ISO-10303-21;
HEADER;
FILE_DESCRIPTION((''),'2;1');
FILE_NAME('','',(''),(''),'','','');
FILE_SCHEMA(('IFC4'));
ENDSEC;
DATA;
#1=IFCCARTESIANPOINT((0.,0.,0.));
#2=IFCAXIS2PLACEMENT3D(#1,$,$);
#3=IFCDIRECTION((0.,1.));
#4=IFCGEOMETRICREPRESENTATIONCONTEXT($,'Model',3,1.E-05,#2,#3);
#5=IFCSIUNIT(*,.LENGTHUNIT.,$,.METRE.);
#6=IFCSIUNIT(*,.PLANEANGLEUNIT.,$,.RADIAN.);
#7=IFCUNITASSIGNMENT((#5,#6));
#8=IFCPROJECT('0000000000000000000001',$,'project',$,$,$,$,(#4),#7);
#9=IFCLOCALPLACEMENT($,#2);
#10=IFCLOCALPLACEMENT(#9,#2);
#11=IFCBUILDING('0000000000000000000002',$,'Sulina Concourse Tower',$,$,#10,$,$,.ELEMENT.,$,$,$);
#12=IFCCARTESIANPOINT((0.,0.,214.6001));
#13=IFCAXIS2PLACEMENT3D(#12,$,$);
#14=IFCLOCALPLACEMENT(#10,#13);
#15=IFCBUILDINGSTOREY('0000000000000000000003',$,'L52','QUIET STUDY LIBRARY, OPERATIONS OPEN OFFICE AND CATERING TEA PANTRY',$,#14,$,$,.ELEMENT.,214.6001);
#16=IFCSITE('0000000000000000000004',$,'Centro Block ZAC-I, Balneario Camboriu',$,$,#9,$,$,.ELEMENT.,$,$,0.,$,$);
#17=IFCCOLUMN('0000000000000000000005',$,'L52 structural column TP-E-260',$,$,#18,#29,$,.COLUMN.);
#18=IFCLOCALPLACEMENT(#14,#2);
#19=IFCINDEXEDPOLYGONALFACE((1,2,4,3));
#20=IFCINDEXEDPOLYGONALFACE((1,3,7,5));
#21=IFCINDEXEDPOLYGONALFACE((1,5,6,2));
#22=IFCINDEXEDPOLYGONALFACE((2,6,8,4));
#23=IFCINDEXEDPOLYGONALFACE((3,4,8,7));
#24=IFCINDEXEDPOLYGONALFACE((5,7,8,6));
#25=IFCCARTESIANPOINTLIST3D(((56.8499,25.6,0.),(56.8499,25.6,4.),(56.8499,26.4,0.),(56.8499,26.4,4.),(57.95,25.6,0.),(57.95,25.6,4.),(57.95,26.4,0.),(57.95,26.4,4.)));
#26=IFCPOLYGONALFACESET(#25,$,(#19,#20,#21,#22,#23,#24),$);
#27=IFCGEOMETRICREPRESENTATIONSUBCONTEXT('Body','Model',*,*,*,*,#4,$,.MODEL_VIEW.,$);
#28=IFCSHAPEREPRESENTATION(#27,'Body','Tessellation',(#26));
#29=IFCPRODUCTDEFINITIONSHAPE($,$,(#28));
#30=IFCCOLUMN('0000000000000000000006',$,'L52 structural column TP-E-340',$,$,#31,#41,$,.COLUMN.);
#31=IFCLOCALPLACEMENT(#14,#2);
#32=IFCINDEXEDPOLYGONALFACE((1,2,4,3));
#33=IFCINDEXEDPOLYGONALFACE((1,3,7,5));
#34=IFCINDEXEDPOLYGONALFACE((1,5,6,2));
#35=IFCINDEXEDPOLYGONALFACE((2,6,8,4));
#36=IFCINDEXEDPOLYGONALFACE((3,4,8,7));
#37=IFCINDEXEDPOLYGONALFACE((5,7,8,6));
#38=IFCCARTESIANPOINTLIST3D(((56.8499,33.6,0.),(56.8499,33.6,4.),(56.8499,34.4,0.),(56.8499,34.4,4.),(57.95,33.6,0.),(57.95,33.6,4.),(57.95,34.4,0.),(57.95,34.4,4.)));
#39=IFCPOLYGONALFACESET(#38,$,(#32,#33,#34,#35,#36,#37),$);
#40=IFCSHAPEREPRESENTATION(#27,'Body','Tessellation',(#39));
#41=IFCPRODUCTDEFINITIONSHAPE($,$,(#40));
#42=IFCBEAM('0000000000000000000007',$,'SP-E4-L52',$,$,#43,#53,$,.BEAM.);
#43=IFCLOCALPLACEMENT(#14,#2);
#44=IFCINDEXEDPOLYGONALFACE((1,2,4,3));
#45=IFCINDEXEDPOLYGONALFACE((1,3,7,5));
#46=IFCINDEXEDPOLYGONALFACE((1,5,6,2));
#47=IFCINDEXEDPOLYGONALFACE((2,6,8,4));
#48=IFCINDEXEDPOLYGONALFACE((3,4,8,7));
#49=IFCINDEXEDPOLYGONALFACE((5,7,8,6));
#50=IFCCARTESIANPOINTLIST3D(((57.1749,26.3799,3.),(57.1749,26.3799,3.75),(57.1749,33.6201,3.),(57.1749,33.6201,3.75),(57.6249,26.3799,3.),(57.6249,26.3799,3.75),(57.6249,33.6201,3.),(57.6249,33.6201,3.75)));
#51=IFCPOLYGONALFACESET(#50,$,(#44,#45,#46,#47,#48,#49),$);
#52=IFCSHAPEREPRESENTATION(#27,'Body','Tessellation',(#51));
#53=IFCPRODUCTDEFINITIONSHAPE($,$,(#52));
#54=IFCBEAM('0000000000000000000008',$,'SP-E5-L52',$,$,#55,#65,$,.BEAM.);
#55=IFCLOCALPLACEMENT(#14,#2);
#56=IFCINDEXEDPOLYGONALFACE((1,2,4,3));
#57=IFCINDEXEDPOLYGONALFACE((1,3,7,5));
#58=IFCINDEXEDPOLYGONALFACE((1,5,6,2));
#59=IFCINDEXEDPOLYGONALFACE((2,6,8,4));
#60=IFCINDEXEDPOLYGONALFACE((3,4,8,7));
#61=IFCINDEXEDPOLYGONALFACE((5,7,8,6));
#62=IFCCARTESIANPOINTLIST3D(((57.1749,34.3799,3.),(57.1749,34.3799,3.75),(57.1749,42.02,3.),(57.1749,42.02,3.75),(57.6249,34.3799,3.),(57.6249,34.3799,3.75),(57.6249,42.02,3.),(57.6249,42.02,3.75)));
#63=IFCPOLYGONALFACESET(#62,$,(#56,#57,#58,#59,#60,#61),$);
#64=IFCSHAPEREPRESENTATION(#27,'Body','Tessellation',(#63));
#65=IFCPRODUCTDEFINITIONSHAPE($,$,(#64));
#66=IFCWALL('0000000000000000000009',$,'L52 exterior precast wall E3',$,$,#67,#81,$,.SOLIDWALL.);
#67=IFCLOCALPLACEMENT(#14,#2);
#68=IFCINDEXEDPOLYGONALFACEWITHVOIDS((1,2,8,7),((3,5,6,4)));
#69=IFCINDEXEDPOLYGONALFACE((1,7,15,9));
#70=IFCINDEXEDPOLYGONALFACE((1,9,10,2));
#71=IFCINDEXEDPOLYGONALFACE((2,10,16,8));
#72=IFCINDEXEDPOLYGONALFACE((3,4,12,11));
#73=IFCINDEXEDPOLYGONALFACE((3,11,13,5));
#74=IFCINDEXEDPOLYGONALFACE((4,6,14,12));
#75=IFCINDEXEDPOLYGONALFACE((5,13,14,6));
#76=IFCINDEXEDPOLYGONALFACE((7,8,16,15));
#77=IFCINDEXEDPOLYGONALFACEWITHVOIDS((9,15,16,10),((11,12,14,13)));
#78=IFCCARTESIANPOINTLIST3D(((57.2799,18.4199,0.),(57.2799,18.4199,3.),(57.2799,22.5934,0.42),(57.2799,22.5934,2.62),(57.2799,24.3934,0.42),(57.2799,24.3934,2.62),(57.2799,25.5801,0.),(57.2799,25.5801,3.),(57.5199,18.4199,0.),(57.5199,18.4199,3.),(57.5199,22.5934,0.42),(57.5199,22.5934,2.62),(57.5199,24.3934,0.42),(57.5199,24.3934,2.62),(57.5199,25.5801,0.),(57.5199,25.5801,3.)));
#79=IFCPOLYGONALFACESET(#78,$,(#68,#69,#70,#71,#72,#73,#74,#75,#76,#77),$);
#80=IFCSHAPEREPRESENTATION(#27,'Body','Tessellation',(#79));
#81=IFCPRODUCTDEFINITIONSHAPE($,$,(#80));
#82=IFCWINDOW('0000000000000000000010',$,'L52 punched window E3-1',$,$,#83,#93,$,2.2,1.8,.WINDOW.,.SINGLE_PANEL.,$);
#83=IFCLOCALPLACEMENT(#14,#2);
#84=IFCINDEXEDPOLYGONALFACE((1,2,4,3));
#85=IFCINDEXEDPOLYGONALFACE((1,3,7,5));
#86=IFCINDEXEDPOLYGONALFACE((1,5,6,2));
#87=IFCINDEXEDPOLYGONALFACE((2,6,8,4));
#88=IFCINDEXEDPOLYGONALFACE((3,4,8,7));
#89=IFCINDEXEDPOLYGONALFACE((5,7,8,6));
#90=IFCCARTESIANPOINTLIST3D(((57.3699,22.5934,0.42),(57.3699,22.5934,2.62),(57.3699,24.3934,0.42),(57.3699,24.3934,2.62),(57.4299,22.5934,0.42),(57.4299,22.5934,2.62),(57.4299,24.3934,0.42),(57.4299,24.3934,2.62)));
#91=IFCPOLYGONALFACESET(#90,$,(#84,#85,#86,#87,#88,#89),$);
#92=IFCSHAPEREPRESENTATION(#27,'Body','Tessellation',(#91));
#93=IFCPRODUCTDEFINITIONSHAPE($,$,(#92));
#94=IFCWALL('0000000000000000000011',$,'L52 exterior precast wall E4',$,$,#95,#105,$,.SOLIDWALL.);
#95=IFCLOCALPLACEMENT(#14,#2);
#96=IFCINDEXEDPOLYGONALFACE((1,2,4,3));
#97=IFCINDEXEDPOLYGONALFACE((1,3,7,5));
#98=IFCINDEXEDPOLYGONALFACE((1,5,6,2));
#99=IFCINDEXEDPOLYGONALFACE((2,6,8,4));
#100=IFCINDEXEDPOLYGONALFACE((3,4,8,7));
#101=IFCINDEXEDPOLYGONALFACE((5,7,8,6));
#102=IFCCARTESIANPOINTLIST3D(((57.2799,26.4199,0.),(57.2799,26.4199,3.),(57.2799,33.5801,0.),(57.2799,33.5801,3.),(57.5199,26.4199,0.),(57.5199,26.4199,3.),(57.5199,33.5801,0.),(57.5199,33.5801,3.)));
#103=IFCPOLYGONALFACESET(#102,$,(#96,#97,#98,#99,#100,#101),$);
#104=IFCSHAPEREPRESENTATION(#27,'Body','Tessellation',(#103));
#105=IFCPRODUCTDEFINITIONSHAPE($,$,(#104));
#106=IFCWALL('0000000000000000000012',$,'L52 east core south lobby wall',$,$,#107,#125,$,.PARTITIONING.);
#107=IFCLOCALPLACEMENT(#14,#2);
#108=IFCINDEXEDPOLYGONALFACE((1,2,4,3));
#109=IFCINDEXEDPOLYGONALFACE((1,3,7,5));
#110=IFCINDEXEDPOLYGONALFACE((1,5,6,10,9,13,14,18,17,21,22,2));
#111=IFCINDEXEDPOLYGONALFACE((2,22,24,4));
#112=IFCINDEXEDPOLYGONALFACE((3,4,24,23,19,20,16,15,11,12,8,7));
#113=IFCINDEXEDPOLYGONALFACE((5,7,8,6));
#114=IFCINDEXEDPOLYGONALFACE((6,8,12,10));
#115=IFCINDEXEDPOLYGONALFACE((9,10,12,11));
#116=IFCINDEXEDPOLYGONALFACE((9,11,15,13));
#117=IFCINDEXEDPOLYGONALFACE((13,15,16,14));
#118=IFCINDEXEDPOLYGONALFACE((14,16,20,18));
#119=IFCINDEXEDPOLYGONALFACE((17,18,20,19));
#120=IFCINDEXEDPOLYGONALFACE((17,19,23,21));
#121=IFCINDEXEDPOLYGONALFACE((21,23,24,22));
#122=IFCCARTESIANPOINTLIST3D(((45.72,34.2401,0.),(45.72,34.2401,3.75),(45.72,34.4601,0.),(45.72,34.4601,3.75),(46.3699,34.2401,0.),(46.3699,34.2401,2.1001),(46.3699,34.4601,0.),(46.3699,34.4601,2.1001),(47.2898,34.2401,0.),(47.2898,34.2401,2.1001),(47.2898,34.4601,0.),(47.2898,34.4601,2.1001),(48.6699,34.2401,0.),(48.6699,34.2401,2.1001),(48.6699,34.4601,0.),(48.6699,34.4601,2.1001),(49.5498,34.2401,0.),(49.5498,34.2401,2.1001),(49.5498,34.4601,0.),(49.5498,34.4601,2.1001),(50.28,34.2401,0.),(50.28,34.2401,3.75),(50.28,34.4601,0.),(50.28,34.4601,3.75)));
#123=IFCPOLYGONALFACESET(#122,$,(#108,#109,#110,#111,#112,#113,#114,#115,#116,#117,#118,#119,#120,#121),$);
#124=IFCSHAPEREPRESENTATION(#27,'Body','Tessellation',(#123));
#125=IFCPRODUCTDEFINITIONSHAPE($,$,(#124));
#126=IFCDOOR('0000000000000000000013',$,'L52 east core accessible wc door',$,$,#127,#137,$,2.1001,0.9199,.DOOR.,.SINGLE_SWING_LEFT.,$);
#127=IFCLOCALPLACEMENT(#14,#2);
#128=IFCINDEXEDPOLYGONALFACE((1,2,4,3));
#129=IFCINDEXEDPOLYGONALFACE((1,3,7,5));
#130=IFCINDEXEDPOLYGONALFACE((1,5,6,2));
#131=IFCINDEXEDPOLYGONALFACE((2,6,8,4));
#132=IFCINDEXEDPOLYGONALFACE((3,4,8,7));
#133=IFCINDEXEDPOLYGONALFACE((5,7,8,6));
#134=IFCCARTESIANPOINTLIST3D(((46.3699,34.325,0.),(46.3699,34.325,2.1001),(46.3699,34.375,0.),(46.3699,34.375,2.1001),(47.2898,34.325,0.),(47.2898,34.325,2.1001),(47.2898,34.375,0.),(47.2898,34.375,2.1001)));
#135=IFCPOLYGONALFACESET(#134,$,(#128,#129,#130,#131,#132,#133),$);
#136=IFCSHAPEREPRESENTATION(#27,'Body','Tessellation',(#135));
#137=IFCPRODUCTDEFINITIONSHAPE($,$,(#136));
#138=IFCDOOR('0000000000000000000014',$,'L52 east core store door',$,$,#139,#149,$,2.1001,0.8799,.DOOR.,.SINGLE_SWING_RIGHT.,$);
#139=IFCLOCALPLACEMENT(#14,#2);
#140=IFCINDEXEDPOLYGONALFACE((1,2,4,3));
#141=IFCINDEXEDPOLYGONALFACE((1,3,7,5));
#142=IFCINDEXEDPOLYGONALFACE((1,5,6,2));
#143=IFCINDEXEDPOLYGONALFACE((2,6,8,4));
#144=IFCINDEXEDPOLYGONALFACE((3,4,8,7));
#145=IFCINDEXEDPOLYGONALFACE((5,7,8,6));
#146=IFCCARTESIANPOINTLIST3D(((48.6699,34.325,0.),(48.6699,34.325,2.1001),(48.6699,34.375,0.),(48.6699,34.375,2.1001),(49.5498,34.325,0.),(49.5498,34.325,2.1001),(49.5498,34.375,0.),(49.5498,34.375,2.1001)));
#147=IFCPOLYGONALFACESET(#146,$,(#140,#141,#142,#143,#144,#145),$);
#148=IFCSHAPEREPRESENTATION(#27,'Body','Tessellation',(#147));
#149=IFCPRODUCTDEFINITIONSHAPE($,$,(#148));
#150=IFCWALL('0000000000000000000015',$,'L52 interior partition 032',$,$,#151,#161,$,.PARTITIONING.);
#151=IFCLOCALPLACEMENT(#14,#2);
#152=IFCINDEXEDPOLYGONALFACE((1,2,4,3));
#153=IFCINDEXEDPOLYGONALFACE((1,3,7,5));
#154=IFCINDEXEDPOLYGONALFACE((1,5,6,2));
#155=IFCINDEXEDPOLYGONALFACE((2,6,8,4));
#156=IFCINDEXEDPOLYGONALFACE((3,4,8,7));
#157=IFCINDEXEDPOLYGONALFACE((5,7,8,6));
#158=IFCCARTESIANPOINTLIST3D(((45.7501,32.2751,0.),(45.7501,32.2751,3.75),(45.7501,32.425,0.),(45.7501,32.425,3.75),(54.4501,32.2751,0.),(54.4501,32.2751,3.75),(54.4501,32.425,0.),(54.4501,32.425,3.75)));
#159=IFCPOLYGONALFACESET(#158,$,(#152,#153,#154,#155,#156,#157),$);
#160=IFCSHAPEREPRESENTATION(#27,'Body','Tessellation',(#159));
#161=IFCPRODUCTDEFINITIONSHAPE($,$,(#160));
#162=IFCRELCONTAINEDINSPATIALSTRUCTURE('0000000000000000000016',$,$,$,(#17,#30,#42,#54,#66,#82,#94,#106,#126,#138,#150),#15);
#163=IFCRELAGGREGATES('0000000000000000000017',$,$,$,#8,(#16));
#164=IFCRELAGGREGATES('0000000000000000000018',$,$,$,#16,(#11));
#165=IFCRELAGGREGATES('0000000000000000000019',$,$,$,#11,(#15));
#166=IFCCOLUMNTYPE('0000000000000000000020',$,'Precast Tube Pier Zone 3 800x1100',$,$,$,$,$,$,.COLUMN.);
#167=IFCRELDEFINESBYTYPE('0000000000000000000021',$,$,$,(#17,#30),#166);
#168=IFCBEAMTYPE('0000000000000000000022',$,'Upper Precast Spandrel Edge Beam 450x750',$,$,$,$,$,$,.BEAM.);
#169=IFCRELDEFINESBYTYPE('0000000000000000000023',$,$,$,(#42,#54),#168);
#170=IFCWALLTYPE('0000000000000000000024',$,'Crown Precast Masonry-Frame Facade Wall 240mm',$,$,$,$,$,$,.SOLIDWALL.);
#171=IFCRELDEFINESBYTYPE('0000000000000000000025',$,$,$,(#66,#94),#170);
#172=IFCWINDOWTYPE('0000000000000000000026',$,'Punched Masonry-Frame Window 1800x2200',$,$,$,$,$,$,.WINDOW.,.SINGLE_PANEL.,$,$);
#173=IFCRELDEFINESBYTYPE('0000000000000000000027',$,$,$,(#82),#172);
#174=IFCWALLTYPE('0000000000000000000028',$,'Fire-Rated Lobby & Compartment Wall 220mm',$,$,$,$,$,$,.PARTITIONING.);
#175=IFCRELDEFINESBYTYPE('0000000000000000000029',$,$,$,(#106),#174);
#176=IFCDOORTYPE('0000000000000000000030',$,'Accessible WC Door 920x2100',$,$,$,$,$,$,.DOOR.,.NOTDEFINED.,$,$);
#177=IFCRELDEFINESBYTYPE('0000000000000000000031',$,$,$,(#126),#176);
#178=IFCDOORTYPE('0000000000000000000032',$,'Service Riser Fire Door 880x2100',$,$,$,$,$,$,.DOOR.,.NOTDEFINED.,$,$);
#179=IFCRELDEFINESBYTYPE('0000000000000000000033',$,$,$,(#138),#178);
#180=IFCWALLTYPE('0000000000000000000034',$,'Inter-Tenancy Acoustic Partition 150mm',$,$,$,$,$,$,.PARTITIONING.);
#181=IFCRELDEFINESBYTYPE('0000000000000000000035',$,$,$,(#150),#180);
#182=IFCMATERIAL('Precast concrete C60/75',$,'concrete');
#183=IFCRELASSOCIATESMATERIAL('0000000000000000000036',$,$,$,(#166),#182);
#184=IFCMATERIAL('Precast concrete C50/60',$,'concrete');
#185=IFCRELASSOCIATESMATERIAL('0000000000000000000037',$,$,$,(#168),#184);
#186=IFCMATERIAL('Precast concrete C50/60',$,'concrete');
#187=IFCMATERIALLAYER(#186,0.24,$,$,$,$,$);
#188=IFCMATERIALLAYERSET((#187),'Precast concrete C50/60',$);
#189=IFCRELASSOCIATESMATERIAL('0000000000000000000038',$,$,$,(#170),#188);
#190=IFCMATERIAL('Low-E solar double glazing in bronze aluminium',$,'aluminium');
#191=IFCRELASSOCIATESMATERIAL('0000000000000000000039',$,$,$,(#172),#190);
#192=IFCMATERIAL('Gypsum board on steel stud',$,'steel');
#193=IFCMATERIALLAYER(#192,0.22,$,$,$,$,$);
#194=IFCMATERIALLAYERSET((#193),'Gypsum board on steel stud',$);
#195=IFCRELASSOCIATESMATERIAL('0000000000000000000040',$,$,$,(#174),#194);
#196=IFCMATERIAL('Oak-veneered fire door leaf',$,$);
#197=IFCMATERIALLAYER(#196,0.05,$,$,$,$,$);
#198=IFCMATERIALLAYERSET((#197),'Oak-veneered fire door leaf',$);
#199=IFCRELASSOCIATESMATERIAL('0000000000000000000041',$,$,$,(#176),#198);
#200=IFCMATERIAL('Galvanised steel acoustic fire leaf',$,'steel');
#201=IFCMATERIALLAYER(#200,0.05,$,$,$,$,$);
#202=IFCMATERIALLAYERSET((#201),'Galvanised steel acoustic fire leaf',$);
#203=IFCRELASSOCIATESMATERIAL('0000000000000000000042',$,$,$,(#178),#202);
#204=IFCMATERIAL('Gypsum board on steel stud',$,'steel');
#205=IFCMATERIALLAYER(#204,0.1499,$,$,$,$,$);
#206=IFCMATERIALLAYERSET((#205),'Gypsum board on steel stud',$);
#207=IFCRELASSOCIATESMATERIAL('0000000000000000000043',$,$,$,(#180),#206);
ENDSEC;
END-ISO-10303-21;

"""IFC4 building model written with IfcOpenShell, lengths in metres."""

from ifc_helpers import new_model, si_unit, direction, frame, frame_2d, origin, origin_2d, place, context, subcontext, project, spatial, rectangle, extrude, material, layer, layer_set, material_profile, profile_set, type_object, element, fill, save


model = new_model("IFC4")

# Units and contexts
model_context = context("Model", 3, precision=1e-05, world=origin(), true_north=direction((0.0, 1.0)))
body_context = subcontext(model_context, "Body", "Model", "MODEL_VIEW")
ifc_project = project(units=[si_unit("LENGTHUNIT", "METRE"), si_unit("PLANEANGLEUNIT", "RADIAN")], contexts=[model_context])

# Site, building, storey
site_placement = place(None, origin())
site = spatial("IfcSite", under=ifc_project, at=site_placement, Name="Centro Block ZAC-I, Balneario Camboriu", CompositionType="ELEMENT", RefElevation=0.0)
building_placement = place(site_placement, origin())
building = spatial("IfcBuilding", under=site, at=building_placement, Name="Sulina Concourse Tower", CompositionType="ELEMENT")
storey_placement = place(building_placement, frame((0.0, 0.0, 214.6001)))
storey = spatial("IfcBuildingStorey", under=building, at=storey_placement, Name="L52", Description="QUIET STUDY LIBRARY, OPERATIONS OPEN OFFICE AND CATERING TEA PANTRY", CompositionType="ELEMENT", Elevation=214.6001)

# Columns
ifc_material_1 = material(Name="Precast concrete C60/75", Category="concrete")
ifc_material_profile_1 = material_profile(ifc_material_1, rectangle(XDim=0.8, YDim=1.1001, at=origin_2d()), Name="PC 800x1100")
ifc_profile_set_1 = profile_set([ifc_material_profile_1], Name="Precast concrete C60/75")
column_type = type_object("IfcColumnType", Name="Precast Tube Pier Zone 3 800x1100", PredefinedType="COLUMN", material=ifc_profile_set_1)
for number, where, z_axis, x_axis, name in (
    (1, (57.3999, 26.0, 0.0), (0.0, 0.0, 1.0), (0.0, 1.0, 0.0), "L52 structural column TP-E-260"),
    (2, (57.3999, 34.0, 0.0), (0.0, 0.0, 1.0), (0.0, 1.0, 0.0), "L52 structural column TP-E-340"),
):
    element("IfcColumn", number, at=place(storey_placement, frame(where, z_axis=z_axis, x_axis=x_axis)), inside=storey, type_object=column_type, Name=name, PredefinedType="COLUMN", context=body_context, shape_type="SweptSolid", body=[
        extrude(rectangle(XDim=0.8, YDim=1.1001, at=origin_2d()), origin(), (0.0, 0.0, 1.0), 4.0),
    ])

# Beams
ifc_material_2 = material(Name="Precast concrete C50/60", Category="concrete")
ifc_material_profile_2 = material_profile(ifc_material_2, rectangle(XDim=0.45, YDim=0.75, at=origin_2d()), Name="RC 450x750")
ifc_profile_set_2 = profile_set([ifc_material_profile_2], Name="Precast concrete C50/60")
beam_type = type_object("IfcBeamType", Name="Upper Precast Spandrel Edge Beam 450x750", PredefinedType="BEAM", material=ifc_profile_set_2)
beam_1_placement = place(storey_placement, frame((57.3999, 26.3799, 3.375), z_axis=(0.0, 1.0, 0.0), x_axis=(-1.0, 0.0, 0.0)))
element("IfcBeam", 3, at=beam_1_placement, inside=storey, type_object=beam_type, Name="SP-E4-L52", PredefinedType="BEAM", context=body_context, shape_type="SweptSolid", body=[
    extrude(rectangle(XDim=0.45, YDim=0.75, at=origin_2d()), origin(), (0.0, 0.0, 1.0), 7.2402),
])
beam_2_placement = place(storey_placement, frame((57.3999, 34.3799, 3.375), z_axis=(0.0, 1.0, 0.0), x_axis=(-1.0, 0.0, 0.0)))
element("IfcBeam", 4, at=beam_2_placement, inside=storey, type_object=beam_type, Name="SP-E5-L52", PredefinedType="BEAM", context=body_context, shape_type="SweptSolid", body=[
    extrude(rectangle(XDim=0.45, YDim=0.75, at=origin_2d()), origin(), (0.0, 0.0, 1.0), 7.6401),
])

# Wall, opening, window
ifc_material_3 = material(Name="Precast concrete C50/60", Category="concrete")
ifc_layer_1 = layer(ifc_material_3, 0.24)
ifc_layer_set_1 = layer_set([ifc_layer_1], Name="Precast concrete C50/60")
wall_type_1 = type_object("IfcWallType", Name="Crown Precast Masonry-Frame Facade Wall 240mm", PredefinedType="SOLIDWALL", material=ifc_layer_set_1)
wall_1_placement = place(storey_placement, frame((57.3999, 25.5801, 0.0), z_axis=(0.0, 0.0, 1.0), x_axis=(0.0, -1.0, 0.0)))
wall_1 = element("IfcWall", 5, at=wall_1_placement, inside=storey, type_object=wall_type_1, Name="L52 exterior precast wall E3", PredefinedType="SOLIDWALL", context=body_context, shape_type="SweptSolid", body=[
    extrude(rectangle(XDim=7.1602, YDim=0.24, at=frame_2d((3.5801, 0.0))), origin(), (0.0, 0.0, 1.0), 3.0),
])
opening_1_placement = place(wall_1_placement, frame((1.1868, 0.0, 0.4199)))
opening_1 = element("IfcOpeningElement", 6, at=opening_1_placement, cuts=wall_1, PredefinedType="OPENING", context=body_context, shape_type="SweptSolid", body=[
    extrude(rectangle(XDim=1.8, YDim=2.2, at=frame_2d((0.8999, 1.1001))), frame((0.0, 0.1299, 0.0), z_axis=(0.0, -1.0, 0.0), x_axis=(1.0, 0.0, 0.0)), (0.0, 0.0, 1.0), 0.26),
])
ifc_material_4 = material(Name="Low-E solar double glazing in bronze aluminium", Category="aluminium")
window_type = type_object("IfcWindowType", Name="Punched Masonry-Frame Window 1800x2200", PartitioningType="SINGLE_PANEL", PredefinedType="WINDOW", material=ifc_material_4)
window_placement = place(opening_1_placement, origin())
window = element("IfcWindow", 7, at=window_placement, inside=storey, type_object=window_type, Name="L52 punched window E3-1", OverallHeight=2.2, OverallWidth=1.8, PartitioningType="SINGLE_PANEL", PredefinedType="WINDOW", context=body_context, shape_type="SweptSolid", body=[
    extrude(rectangle(XDim=1.8, YDim=2.2, at=frame_2d((0.8999, 1.1001))), frame((0.0, 0.03, 0.0), z_axis=(0.0, -1.0, 0.0), x_axis=(1.0, 0.0, 0.0)), (0.0, 0.0, 1.0), 0.0601),
])
fill(opening_1, window)

# Wall
wall_2_placement = place(storey_placement, frame((57.3999, 33.5801, 0.0), z_axis=(0.0, 0.0, 1.0), x_axis=(0.0, -1.0, 0.0)))
element("IfcWall", 8, at=wall_2_placement, inside=storey, type_object=wall_type_1, Name="L52 exterior precast wall E4", PredefinedType="SOLIDWALL", context=body_context, shape_type="SweptSolid", body=[
    extrude(rectangle(XDim=7.1602, YDim=0.24, at=frame_2d((3.5801, 0.0))), origin(), (0.0, 0.0, 1.0), 3.0),
])

# Wall, openings, doors
ifc_material_5 = material(Name="Gypsum board on steel stud", Category="steel")
ifc_layer_2 = layer(ifc_material_5, 0.22)
ifc_layer_set_2 = layer_set([ifc_layer_2], Name="Gypsum board on steel stud")
wall_type_2 = type_object("IfcWallType", Name="Fire-Rated Lobby & Compartment Wall 220mm", PredefinedType="PARTITIONING", material=ifc_layer_set_2)
wall_3_placement = place(storey_placement, frame((45.72, 34.3501, 0.0), z_axis=(0.0, 0.0, 1.0), x_axis=(1.0, 0.0, 0.0)))
wall_3 = element("IfcWall", 9, at=wall_3_placement, inside=storey, type_object=wall_type_2, Name="L52 east core south lobby wall", PredefinedType="PARTITIONING", context=body_context, shape_type="SweptSolid", body=[
    extrude(rectangle(XDim=4.5601, YDim=0.22, at=frame_2d((2.28, 0.0))), origin(), (0.0, 0.0, 1.0), 3.75),
])
opening_2_placement = place(wall_3_placement, frame((0.6499, 0.0, 0.0)))
opening_2 = element("IfcOpeningElement", 10, at=opening_2_placement, cuts=wall_3, PredefinedType="OPENING", context=body_context, shape_type="SweptSolid", body=[
    extrude(rectangle(XDim=0.9199, YDim=2.1001, at=frame_2d((0.46, 1.05))), frame((0.0, 0.1199, 0.0), z_axis=(0.0, -1.0, 0.0), x_axis=(1.0, 0.0, 0.0)), (0.0, 0.0, 1.0), 0.24),
])
opening_3_placement = place(wall_3_placement, frame((2.95, 0.0, 0.0)))
opening_3 = element("IfcOpeningElement", 11, at=opening_3_placement, cuts=wall_3, PredefinedType="OPENING", context=body_context, shape_type="SweptSolid", body=[
    extrude(rectangle(XDim=0.8799, YDim=2.1001, at=frame_2d((0.4399, 1.05))), frame((0.0, 0.1199, 0.0), z_axis=(0.0, -1.0, 0.0), x_axis=(1.0, 0.0, 0.0)), (0.0, 0.0, 1.0), 0.24),
])
ifc_material_6 = material(Name="Oak-veneered fire door leaf")
ifc_layer_3 = layer(ifc_material_6, 0.05)
ifc_layer_set_3 = layer_set([ifc_layer_3], Name="Oak-veneered fire door leaf")
door_type_1 = type_object("IfcDoorType", Name="Accessible WC Door 920x2100", OperationType="NOTDEFINED", PredefinedType="DOOR", material=ifc_layer_set_3)
door_1_placement = place(opening_2_placement, origin())
door_1 = element("IfcDoor", 12, at=door_1_placement, inside=storey, type_object=door_type_1, Name="L52 east core accessible wc door", OperationType="SINGLE_SWING_LEFT", OverallHeight=2.1001, OverallWidth=0.9199, PredefinedType="DOOR", context=body_context, shape_type="SweptSolid", body=[
    extrude(rectangle(XDim=0.9199, YDim=2.1001, at=frame_2d((0.46, 1.05))), frame((0.0, 0.0249, 0.0), z_axis=(0.0, -1.0, 0.0), x_axis=(1.0, 0.0, 0.0)), (0.0, 0.0, 1.0), 0.05),
])
fill(opening_2, door_1)
ifc_material_7 = material(Name="Galvanised steel acoustic fire leaf", Category="steel")
ifc_layer_4 = layer(ifc_material_7, 0.05)
ifc_layer_set_4 = layer_set([ifc_layer_4], Name="Galvanised steel acoustic fire leaf")
door_type_2 = type_object("IfcDoorType", Name="Service Riser Fire Door 880x2100", OperationType="NOTDEFINED", PredefinedType="DOOR", material=ifc_layer_set_4)
door_2_placement = place(opening_3_placement, origin())
door_2 = element("IfcDoor", 13, at=door_2_placement, inside=storey, type_object=door_type_2, Name="L52 east core store door", OperationType="SINGLE_SWING_RIGHT", OverallHeight=2.1001, OverallWidth=0.8799, PredefinedType="DOOR", context=body_context, shape_type="SweptSolid", body=[
    extrude(rectangle(XDim=0.8799, YDim=2.1001, at=frame_2d((0.4399, 1.05))), frame((0.0, 0.0249, 0.0), z_axis=(0.0, -1.0, 0.0), x_axis=(1.0, 0.0, 0.0)), (0.0, 0.0, 1.0), 0.05),
])
fill(opening_3, door_2)

# Wall
ifc_material_8 = material(Name="Gypsum board on steel stud", Category="steel")
ifc_layer_5 = layer(ifc_material_8, 0.1499)
ifc_layer_set_5 = layer_set([ifc_layer_5], Name="Gypsum board on steel stud")
wall_type_3 = type_object("IfcWallType", Name="Inter-Tenancy Acoustic Partition 150mm", PredefinedType="PARTITIONING", material=ifc_layer_set_5)
wall_4_placement = place(storey_placement, frame((45.75, 32.3501, 0.0), z_axis=(0.0, 0.0, 1.0), x_axis=(1.0, 0.0, 0.0)))
element("IfcWall", 14, at=wall_4_placement, inside=storey, type_object=wall_type_3, Name="L52 interior partition 032", PredefinedType="PARTITIONING", context=body_context, shape_type="SweptSolid", body=[
    extrude(rectangle(XDim=8.7, YDim=0.1499, at=frame_2d((4.3501, 0.0))), origin(), (0.0, 0.0, 1.0), 3.75),
])

save(model, "model.ifc")
